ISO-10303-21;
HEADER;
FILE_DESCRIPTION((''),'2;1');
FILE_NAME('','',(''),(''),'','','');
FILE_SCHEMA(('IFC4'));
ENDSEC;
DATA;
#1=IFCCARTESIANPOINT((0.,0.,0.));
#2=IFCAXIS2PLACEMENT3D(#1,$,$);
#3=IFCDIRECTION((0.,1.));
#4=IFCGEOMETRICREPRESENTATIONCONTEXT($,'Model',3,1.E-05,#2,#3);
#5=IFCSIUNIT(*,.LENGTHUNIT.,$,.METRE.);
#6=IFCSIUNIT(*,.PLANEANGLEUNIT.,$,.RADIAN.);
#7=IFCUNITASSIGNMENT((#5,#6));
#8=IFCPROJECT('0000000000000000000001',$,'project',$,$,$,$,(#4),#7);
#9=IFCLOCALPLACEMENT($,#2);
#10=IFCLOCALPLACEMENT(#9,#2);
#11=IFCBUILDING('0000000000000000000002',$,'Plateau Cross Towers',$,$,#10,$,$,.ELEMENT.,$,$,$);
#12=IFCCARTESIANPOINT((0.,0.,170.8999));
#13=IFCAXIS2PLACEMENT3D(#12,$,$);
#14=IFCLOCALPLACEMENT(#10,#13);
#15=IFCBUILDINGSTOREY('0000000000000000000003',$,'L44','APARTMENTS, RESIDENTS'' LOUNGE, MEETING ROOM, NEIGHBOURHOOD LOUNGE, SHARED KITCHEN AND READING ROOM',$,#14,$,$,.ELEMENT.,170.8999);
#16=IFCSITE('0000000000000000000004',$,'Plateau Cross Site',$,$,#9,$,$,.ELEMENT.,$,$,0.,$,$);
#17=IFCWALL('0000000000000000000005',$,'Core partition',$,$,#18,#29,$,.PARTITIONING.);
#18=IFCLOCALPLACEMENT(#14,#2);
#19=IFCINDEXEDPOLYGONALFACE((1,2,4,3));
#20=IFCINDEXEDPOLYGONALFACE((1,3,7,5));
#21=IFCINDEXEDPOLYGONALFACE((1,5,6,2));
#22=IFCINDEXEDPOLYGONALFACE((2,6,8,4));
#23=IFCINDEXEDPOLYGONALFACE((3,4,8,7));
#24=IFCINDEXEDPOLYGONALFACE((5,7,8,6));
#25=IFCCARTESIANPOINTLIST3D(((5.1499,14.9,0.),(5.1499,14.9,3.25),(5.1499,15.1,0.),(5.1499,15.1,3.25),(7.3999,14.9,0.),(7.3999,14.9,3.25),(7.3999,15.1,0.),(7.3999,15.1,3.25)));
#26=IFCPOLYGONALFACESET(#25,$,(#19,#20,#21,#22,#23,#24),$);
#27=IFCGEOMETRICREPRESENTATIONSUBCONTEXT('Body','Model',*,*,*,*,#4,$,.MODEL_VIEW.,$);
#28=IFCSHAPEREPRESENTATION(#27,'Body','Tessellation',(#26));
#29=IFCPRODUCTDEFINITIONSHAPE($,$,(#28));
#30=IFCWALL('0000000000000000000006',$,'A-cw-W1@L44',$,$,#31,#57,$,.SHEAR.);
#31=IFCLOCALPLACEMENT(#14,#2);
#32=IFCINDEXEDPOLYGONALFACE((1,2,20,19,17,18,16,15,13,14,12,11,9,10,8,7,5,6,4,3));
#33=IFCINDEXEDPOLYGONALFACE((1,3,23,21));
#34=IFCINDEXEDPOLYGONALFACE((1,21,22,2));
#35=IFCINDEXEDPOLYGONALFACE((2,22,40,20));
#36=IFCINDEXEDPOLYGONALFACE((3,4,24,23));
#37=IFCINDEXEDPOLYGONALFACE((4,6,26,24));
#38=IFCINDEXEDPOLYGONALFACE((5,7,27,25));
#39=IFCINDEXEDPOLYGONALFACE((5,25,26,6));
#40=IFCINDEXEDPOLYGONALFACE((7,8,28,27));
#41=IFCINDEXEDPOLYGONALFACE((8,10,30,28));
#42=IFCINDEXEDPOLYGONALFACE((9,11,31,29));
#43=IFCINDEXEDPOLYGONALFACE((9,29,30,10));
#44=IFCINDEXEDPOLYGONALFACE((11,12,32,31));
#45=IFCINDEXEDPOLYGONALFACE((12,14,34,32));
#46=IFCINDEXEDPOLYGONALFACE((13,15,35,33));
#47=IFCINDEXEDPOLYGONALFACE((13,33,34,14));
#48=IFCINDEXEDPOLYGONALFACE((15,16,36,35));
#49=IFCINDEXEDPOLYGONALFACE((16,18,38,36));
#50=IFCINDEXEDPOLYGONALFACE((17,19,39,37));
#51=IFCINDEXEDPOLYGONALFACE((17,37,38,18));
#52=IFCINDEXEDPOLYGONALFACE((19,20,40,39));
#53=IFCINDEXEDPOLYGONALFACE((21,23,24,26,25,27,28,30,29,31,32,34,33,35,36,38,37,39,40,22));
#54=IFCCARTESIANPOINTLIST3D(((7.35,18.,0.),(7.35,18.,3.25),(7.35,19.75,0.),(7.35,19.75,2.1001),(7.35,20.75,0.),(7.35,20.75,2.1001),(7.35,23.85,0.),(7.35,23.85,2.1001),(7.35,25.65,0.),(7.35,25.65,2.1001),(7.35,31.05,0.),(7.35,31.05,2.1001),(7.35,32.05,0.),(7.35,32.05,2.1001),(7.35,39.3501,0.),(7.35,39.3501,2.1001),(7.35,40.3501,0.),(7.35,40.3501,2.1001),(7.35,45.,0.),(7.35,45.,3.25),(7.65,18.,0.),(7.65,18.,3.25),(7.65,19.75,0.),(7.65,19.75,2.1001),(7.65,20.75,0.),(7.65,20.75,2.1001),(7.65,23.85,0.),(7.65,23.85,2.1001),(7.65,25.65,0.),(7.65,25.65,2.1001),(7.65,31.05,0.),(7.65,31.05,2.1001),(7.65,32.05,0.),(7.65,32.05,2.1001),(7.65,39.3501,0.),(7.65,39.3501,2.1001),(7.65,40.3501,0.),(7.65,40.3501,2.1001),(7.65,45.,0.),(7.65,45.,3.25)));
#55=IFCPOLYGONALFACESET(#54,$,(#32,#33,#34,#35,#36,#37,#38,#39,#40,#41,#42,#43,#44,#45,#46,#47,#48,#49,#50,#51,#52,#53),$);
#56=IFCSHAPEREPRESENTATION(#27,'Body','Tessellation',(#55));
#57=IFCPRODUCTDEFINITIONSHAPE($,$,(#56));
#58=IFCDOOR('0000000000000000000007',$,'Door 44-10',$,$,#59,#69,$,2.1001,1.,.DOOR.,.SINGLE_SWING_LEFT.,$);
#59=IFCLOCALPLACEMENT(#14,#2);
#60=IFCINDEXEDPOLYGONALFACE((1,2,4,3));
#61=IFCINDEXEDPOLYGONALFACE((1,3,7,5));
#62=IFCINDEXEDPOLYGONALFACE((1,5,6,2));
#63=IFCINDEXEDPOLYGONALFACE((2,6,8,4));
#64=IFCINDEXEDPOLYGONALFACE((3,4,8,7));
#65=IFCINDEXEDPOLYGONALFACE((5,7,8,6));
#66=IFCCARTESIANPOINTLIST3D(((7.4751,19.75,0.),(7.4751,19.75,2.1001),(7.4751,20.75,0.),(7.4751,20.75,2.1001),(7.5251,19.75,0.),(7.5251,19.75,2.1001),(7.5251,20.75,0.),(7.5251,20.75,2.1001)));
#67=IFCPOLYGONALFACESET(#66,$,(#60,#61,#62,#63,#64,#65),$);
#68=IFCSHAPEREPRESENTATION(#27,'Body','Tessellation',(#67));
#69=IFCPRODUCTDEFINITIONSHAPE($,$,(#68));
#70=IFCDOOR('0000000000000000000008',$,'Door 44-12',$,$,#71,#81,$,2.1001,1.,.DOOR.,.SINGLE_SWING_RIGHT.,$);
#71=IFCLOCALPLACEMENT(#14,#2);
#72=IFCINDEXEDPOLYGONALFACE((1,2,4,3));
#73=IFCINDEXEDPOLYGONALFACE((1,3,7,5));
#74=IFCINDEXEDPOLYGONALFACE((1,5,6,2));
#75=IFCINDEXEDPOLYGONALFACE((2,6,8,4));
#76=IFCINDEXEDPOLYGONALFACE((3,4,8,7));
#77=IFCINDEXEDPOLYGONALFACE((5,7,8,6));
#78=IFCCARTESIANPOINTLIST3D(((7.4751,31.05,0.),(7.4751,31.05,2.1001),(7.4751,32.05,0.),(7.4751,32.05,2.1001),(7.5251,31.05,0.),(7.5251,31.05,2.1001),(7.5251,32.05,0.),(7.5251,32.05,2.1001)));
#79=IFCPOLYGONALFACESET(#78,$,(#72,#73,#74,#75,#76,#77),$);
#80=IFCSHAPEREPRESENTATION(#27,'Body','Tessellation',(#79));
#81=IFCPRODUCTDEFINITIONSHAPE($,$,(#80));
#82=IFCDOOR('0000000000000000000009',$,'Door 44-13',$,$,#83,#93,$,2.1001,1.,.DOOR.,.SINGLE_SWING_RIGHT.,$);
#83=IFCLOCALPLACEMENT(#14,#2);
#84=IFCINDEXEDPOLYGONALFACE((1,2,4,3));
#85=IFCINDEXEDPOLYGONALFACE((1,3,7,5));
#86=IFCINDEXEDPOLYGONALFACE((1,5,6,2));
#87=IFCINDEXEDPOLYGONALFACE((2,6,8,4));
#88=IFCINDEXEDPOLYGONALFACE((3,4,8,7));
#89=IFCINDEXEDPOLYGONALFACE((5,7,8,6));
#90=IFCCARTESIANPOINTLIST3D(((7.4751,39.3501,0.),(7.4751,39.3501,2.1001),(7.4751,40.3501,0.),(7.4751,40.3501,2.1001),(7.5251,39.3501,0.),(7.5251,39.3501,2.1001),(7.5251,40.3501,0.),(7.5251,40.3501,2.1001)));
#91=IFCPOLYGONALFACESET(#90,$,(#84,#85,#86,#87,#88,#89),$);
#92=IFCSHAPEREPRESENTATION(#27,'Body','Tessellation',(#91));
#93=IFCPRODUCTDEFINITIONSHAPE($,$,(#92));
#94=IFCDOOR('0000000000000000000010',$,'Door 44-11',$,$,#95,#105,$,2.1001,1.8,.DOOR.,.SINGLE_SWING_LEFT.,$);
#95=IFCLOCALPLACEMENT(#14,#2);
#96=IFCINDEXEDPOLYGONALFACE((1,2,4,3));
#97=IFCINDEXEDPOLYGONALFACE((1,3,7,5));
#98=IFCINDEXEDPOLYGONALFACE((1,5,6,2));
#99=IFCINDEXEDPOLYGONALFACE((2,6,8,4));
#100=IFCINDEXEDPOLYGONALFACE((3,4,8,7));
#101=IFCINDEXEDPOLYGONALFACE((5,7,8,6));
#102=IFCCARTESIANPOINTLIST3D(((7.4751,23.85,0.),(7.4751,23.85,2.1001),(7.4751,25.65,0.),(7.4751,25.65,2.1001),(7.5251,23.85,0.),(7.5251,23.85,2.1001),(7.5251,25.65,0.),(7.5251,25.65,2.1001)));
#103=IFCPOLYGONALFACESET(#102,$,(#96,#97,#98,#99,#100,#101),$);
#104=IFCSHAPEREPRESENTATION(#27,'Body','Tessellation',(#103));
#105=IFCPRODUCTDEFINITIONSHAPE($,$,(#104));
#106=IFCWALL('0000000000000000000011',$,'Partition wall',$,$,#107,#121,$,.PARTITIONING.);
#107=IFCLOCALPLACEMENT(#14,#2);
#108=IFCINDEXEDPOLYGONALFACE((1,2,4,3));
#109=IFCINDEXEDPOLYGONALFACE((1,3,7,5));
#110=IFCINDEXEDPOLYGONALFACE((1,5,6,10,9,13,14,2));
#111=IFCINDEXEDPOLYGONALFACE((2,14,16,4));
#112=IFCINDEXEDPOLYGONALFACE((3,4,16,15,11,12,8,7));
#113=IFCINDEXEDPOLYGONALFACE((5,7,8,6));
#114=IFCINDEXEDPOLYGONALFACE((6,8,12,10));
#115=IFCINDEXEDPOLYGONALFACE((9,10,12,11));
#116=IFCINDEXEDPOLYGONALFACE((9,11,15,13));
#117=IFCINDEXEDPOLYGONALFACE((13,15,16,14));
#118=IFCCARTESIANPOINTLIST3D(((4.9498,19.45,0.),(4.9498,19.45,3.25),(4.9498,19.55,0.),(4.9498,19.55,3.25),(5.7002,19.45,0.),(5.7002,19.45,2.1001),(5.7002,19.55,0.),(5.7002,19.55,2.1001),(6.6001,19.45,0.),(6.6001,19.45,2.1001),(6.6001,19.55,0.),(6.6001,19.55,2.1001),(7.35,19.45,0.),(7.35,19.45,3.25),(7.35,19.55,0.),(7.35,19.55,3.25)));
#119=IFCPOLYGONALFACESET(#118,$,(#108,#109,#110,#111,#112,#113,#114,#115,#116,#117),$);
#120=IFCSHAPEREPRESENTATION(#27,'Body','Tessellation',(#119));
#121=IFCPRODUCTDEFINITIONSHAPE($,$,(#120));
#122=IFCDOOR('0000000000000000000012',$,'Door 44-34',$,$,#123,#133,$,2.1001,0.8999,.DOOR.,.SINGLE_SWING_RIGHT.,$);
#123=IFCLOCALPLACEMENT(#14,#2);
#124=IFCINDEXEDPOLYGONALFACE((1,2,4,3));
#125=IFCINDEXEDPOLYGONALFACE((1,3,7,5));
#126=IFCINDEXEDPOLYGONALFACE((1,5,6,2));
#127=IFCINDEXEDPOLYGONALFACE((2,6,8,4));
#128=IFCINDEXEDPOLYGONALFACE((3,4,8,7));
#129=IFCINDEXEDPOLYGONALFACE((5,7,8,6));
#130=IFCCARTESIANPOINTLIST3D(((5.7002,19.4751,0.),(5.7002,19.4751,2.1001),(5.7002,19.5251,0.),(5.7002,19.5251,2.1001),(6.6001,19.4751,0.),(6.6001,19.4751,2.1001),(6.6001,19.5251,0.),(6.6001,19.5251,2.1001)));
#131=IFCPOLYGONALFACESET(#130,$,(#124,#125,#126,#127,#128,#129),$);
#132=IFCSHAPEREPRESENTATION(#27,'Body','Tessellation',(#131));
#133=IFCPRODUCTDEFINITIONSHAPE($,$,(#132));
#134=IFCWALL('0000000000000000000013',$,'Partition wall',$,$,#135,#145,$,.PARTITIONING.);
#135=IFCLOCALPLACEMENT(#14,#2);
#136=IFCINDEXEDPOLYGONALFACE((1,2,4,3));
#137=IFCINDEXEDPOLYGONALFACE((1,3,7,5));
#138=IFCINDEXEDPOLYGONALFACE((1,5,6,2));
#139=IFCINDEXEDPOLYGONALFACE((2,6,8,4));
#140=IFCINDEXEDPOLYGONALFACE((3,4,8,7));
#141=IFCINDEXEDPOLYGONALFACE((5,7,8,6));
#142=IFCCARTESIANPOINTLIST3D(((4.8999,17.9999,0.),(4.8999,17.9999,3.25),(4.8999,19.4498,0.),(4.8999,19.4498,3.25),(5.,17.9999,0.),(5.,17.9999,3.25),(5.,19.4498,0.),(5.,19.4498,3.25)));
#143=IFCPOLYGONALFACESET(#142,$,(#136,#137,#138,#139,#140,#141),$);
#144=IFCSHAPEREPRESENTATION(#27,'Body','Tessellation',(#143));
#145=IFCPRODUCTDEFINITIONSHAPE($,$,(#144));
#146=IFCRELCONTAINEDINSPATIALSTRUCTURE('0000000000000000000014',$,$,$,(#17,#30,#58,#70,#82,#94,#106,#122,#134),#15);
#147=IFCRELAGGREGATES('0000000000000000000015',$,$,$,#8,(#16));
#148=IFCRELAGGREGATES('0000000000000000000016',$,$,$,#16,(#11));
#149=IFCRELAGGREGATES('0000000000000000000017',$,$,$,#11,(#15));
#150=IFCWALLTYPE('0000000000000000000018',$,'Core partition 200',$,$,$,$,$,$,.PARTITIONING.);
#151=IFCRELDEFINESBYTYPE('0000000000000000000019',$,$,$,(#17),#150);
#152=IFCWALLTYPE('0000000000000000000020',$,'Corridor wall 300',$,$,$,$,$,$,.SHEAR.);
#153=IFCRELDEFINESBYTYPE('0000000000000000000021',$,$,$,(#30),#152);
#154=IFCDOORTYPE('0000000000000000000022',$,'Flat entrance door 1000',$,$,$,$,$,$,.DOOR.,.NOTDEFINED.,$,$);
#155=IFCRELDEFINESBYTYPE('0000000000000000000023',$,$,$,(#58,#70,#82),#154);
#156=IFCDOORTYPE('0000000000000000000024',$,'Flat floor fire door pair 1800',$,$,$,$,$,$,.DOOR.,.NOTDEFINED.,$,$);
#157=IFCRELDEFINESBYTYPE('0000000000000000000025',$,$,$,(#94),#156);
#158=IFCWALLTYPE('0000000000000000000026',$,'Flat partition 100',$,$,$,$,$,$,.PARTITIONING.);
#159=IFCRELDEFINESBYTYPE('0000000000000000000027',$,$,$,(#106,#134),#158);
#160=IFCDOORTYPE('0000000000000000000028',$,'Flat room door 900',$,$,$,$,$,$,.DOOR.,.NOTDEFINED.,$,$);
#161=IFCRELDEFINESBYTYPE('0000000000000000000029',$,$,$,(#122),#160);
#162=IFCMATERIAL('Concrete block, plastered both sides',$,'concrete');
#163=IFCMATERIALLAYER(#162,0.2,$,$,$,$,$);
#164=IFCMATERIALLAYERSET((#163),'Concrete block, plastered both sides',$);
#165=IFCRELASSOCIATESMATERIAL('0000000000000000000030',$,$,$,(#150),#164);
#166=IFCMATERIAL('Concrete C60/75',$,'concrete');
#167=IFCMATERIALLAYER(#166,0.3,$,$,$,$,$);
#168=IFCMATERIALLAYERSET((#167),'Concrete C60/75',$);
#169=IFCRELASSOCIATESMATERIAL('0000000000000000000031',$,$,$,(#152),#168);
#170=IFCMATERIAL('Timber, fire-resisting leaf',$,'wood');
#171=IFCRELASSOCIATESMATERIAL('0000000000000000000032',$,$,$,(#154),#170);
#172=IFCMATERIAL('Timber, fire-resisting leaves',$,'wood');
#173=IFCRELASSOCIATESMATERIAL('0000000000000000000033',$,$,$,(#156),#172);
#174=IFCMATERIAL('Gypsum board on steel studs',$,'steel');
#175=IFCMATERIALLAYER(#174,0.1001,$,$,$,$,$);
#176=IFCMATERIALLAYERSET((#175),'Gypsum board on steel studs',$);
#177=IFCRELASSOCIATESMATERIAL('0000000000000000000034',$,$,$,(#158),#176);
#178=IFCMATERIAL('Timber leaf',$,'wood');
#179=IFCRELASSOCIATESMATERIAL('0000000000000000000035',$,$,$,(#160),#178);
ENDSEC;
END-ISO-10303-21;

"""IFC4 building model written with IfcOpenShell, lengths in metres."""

from ifc_helpers import new_model, si_unit, direction, frame, frame_2d, origin, place, context, subcontext, project, spatial, rectangle, extrude, material, layer, layer_set, type_object, element, fill, save


model = new_model("IFC4")

# Units and contexts
model_context = context("Model", 3, precision=1e-05, world=origin(), true_north=direction((0.0, 1.0)))
body_context = subcontext(model_context, "Body", "Model", "MODEL_VIEW")
ifc_project = project(units=[si_unit("LENGTHUNIT", "METRE"), si_unit("PLANEANGLEUNIT", "RADIAN")], contexts=[model_context])

# Site, building, storey
site_placement = place(None, origin())
site = spatial("IfcSite", under=ifc_project, at=site_placement, Name="Plateau Cross Site", CompositionType="ELEMENT", RefElevation=0.0)
building_placement = place(site_placement, origin())
building = spatial("IfcBuilding", under=site, at=building_placement, Name="Plateau Cross Towers", CompositionType="ELEMENT")
storey_placement = place(building_placement, frame((0.0, 0.0, 170.8999)))
storey = spatial("IfcBuildingStorey", under=building, at=storey_placement, Name="L44", Description="APARTMENTS, RESIDENTS' LOUNGE, MEETING ROOM, NEIGHBOURHOOD LOUNGE, SHARED KITCHEN AND READING ROOM", CompositionType="ELEMENT", Elevation=170.8999)

# Wall
ifc_material_1 = material(Name="Concrete block, plastered both sides", Category="concrete")
ifc_layer_1 = layer(ifc_material_1, 0.2)
ifc_layer_set_1 = layer_set([ifc_layer_1], Name="Concrete block, plastered both sides")
wall_type_1 = type_object("IfcWallType", Name="Core partition 200", PredefinedType="PARTITIONING", material=ifc_layer_set_1)
wall_1_placement = place(storey_placement, frame((5.1499, 15.0, 0.0), z_axis=(0.0, 0.0, 1.0), x_axis=(1.0, 0.0, 0.0)))
element("IfcWall", 1, at=wall_1_placement, inside=storey, type_object=wall_type_1, Name="Core partition", PredefinedType="PARTITIONING", context=body_context, shape_type="SweptSolid", body=[
    extrude(rectangle(XDim=2.25, YDim=0.2, at=frame_2d((1.125, 0.0))), origin(), (0.0, 0.0, 1.0), 3.25),
])

# Wall, openings, doors
ifc_material_2 = material(Name="Concrete C60/75", Category="concrete")
ifc_layer_2 = layer(ifc_material_2, 0.3)
ifc_layer_set_2 = layer_set([ifc_layer_2], Name="Concrete C60/75")
wall_type_2 = type_object("IfcWallType", Name="Corridor wall 300", PredefinedType="SHEAR", material=ifc_layer_set_2)
wall_2_placement = place(storey_placement, frame((7.5, 18.0, 0.0), z_axis=(0.0, 0.0, 1.0), x_axis=(0.0, 1.0, 0.0)))
wall_2 = element("IfcWall", 2, at=wall_2_placement, inside=storey, type_object=wall_type_2, Name="A-cw-W1@L44", PredefinedType="SHEAR", context=body_context, shape_type="SweptSolid", body=[
    extrude(rectangle(XDim=27.0, YDim=0.3, at=frame_2d((13.5, 0.0))), origin(), (0.0, 0.0, 1.0), 3.25),
])
opening_1_placement = place(wall_2_placement, frame((1.75, 0.0, 0.0)))
opening_1 = element("IfcOpeningElement", 3, at=opening_1_placement, cuts=wall_2, PredefinedType="OPENING", context=body_context, shape_type="SweptSolid", body=[
    extrude(rectangle(XDim=1.0, YDim=2.1001, at=frame_2d((0.5, 1.05))), frame((0.0, 0.1599, 0.0), z_axis=(0.0, -1.0, 0.0), x_axis=(1.0, 0.0, 0.0)), (0.0, 0.0, 1.0), 0.3201),
])
opening_2_placement = place(wall_2_placement, frame((5.8501, 0.0, 0.0)))
opening_2 = element("IfcOpeningElement", 4, at=opening_2_placement, cuts=wall_2, PredefinedType="OPENING", context=body_context, shape_type="SweptSolid", body=[
    extrude(rectangle(XDim=1.8, YDim=2.1001, at=frame_2d((0.8999, 1.05))), frame((0.0, 0.1599, 0.0), z_axis=(0.0, -1.0, 0.0), x_axis=(1.0, 0.0, 0.0)), (0.0, 0.0, 1.0), 0.3201),
])
opening_3_placement = place(wall_2_placement, frame((13.05, 0.0, 0.0)))
opening_3 = element("IfcOpeningElement", 5, at=opening_3_placement, cuts=wall_2, PredefinedType="OPENING", context=body_context, shape_type="SweptSolid", body=[
    extrude(rectangle(XDim=1.0, YDim=2.1001, at=frame_2d((0.5, 1.05))), frame((0.0, 0.1599, 0.0), z_axis=(0.0, -1.0, 0.0), x_axis=(1.0, 0.0, 0.0)), (0.0, 0.0, 1.0), 0.3201),
])
opening_4_placement = place(wall_2_placement, frame((21.3501, 0.0, 0.0)))
opening_4 = element("IfcOpeningElement", 6, at=opening_4_placement, cuts=wall_2, PredefinedType="OPENING", context=body_context, shape_type="SweptSolid", body=[
    extrude(rectangle(XDim=1.0, YDim=2.1001, at=frame_2d((0.5, 1.05))), frame((0.0, 0.1599, 0.0), z_axis=(0.0, -1.0, 0.0), x_axis=(1.0, 0.0, 0.0)), (0.0, 0.0, 1.0), 0.3201),
])
ifc_material_3 = material(Name="Timber, fire-resisting leaf", Category="wood")
door_type_1 = type_object("IfcDoorType", Name="Flat entrance door 1000", OperationType="NOTDEFINED", PredefinedType="DOOR", material=ifc_material_3)
door_1_placement = place(opening_1_placement, origin())
door_1 = element("IfcDoor", 7, at=door_1_placement, inside=storey, type_object=door_type_1, Name="Door 44-10", OperationType="SINGLE_SWING_LEFT", OverallHeight=2.1001, OverallWidth=1.0, PredefinedType="DOOR", context=body_context, shape_type="SweptSolid", body=[
    extrude(rectangle(XDim=1.0, YDim=2.1001, at=frame_2d((0.5, 1.05))), frame((0.0, 0.0249, 0.0), z_axis=(0.0, -1.0, 0.0), x_axis=(1.0, 0.0, 0.0)), (0.0, 0.0, 1.0), 0.05),
])
fill(opening_1, door_1)
door_2_placement = place(opening_3_placement, origin())
door_2 = element("IfcDoor", 8, at=door_2_placement, inside=storey, type_object=door_type_1, Name="Door 44-12", OperationType="SINGLE_SWING_RIGHT", OverallHeight=2.1001, OverallWidth=1.0, PredefinedType="DOOR", context=body_context, shape_type="SweptSolid", body=[
    extrude(rectangle(XDim=1.0, YDim=2.1001, at=frame_2d((0.5, 1.05))), frame((0.0, 0.0249, 0.0), z_axis=(0.0, -1.0, 0.0), x_axis=(1.0, 0.0, 0.0)), (0.0, 0.0, 1.0), 0.05),
])
fill(opening_3, door_2)
door_3_placement = place(opening_4_placement, origin())
door_3 = element("IfcDoor", 9, at=door_3_placement, inside=storey, type_object=door_type_1, Name="Door 44-13", OperationType="SINGLE_SWING_RIGHT", OverallHeight=2.1001, OverallWidth=1.0, PredefinedType="DOOR", context=body_context, shape_type="SweptSolid", body=[
    extrude(rectangle(XDim=1.0, YDim=2.1001, at=frame_2d((0.5, 1.05))), frame((0.0, 0.0249, 0.0), z_axis=(0.0, -1.0, 0.0), x_axis=(1.0, 0.0, 0.0)), (0.0, 0.0, 1.0), 0.05),
])
fill(opening_4, door_3)
ifc_material_4 = material(Name="Timber, fire-resisting leaves", Category="wood")
door_type_2 = type_object("IfcDoorType", Name="Flat floor fire door pair 1800", OperationType="NOTDEFINED", PredefinedType="DOOR", material=ifc_material_4)
door_4_placement = place(opening_2_placement, origin())
door_4 = element("IfcDoor", 10, at=door_4_placement, inside=storey, type_object=door_type_2, Name="Door 44-11", OperationType="SINGLE_SWING_LEFT", OverallHeight=2.1001, OverallWidth=1.8, PredefinedType="DOOR", context=body_context, shape_type="SweptSolid", body=[
    extrude(rectangle(XDim=1.8, YDim=2.1001, at=frame_2d((0.8999, 1.05))), frame((0.0, 0.0249, 0.0), z_axis=(0.0, -1.0, 0.0), x_axis=(1.0, 0.0, 0.0)), (0.0, 0.0, 1.0), 0.05),
])
fill(opening_2, door_4)

# Wall, opening, door
ifc_material_5 = material(Name="Gypsum board on steel studs", Category="steel")
ifc_layer_3 = layer(ifc_material_5, 0.1001)
ifc_layer_set_3 = layer_set([ifc_layer_3], Name="Gypsum board on steel studs")
wall_type_3 = type_object("IfcWallType", Name="Flat partition 100", PredefinedType="PARTITIONING", material=ifc_layer_set_3)
wall_3_placement = place(storey_placement, frame((7.3501, 19.5, 0.0), z_axis=(0.0, 0.0, 1.0), x_axis=(-1.0, 0.0, 0.0)))
wall_3 = element("IfcWall", 11, at=wall_3_placement, inside=storey, type_object=wall_type_3, Name="Partition wall", PredefinedType="PARTITIONING", context=body_context, shape_type="SweptSolid", body=[
    extrude(rectangle(XDim=2.4001, YDim=0.1001, at=frame_2d((1.2002, 0.0))), origin(), (0.0, 0.0, 1.0), 3.25),
])
opening_5_placement = place(wall_3_placement, frame((0.75, 0.0, 0.0)))
opening_5 = element("IfcOpeningElement", 12, at=opening_5_placement, cuts=wall_3, PredefinedType="OPENING", context=body_context, shape_type="SweptSolid", body=[
    extrude(rectangle(XDim=0.8999, YDim=2.1001, at=frame_2d((0.45, 1.05))), frame((0.0, 0.0601, 0.0), z_axis=(0.0, -1.0, 0.0), x_axis=(1.0, 0.0, 0.0)), (0.0, 0.0, 1.0), 0.1201),
])
ifc_material_6 = material(Name="Timber leaf", Category="wood")
door_type_3 = type_object("IfcDoorType", Name="Flat room door 900", OperationType="NOTDEFINED", PredefinedType="DOOR", material=ifc_material_6)
door_5_placement = place(opening_5_placement, origin())
door_5 = element("IfcDoor", 13, at=door_5_placement, inside=storey, type_object=door_type_3, Name="Door 44-34", OperationType="SINGLE_SWING_RIGHT", OverallHeight=2.1001, OverallWidth=0.8999, PredefinedType="DOOR", context=body_context, shape_type="SweptSolid", body=[
    extrude(rectangle(XDim=0.8999, YDim=2.1001, at=frame_2d((0.45, 1.05))), frame((0.0, 0.0249, 0.0), z_axis=(0.0, -1.0, 0.0), x_axis=(1.0, 0.0, 0.0)), (0.0, 0.0, 1.0), 0.05),
])
fill(opening_5, door_5)

# Wall
wall_4_placement = place(storey_placement, frame((4.95, 19.45, 0.0), z_axis=(0.0, 0.0, 1.0), x_axis=(0.0, -1.0, 0.0)))
element("IfcWall", 14, at=wall_4_placement, inside=storey, type_object=wall_type_3, Name="Partition wall", PredefinedType="PARTITIONING", context=body_context, shape_type="SweptSolid", body=[
    extrude(rectangle(XDim=1.45, YDim=0.1001, at=frame_2d((0.7251, 0.0))), origin(), (0.0, 0.0, 1.0), 3.25),
])

save(model, "model.ifc")
